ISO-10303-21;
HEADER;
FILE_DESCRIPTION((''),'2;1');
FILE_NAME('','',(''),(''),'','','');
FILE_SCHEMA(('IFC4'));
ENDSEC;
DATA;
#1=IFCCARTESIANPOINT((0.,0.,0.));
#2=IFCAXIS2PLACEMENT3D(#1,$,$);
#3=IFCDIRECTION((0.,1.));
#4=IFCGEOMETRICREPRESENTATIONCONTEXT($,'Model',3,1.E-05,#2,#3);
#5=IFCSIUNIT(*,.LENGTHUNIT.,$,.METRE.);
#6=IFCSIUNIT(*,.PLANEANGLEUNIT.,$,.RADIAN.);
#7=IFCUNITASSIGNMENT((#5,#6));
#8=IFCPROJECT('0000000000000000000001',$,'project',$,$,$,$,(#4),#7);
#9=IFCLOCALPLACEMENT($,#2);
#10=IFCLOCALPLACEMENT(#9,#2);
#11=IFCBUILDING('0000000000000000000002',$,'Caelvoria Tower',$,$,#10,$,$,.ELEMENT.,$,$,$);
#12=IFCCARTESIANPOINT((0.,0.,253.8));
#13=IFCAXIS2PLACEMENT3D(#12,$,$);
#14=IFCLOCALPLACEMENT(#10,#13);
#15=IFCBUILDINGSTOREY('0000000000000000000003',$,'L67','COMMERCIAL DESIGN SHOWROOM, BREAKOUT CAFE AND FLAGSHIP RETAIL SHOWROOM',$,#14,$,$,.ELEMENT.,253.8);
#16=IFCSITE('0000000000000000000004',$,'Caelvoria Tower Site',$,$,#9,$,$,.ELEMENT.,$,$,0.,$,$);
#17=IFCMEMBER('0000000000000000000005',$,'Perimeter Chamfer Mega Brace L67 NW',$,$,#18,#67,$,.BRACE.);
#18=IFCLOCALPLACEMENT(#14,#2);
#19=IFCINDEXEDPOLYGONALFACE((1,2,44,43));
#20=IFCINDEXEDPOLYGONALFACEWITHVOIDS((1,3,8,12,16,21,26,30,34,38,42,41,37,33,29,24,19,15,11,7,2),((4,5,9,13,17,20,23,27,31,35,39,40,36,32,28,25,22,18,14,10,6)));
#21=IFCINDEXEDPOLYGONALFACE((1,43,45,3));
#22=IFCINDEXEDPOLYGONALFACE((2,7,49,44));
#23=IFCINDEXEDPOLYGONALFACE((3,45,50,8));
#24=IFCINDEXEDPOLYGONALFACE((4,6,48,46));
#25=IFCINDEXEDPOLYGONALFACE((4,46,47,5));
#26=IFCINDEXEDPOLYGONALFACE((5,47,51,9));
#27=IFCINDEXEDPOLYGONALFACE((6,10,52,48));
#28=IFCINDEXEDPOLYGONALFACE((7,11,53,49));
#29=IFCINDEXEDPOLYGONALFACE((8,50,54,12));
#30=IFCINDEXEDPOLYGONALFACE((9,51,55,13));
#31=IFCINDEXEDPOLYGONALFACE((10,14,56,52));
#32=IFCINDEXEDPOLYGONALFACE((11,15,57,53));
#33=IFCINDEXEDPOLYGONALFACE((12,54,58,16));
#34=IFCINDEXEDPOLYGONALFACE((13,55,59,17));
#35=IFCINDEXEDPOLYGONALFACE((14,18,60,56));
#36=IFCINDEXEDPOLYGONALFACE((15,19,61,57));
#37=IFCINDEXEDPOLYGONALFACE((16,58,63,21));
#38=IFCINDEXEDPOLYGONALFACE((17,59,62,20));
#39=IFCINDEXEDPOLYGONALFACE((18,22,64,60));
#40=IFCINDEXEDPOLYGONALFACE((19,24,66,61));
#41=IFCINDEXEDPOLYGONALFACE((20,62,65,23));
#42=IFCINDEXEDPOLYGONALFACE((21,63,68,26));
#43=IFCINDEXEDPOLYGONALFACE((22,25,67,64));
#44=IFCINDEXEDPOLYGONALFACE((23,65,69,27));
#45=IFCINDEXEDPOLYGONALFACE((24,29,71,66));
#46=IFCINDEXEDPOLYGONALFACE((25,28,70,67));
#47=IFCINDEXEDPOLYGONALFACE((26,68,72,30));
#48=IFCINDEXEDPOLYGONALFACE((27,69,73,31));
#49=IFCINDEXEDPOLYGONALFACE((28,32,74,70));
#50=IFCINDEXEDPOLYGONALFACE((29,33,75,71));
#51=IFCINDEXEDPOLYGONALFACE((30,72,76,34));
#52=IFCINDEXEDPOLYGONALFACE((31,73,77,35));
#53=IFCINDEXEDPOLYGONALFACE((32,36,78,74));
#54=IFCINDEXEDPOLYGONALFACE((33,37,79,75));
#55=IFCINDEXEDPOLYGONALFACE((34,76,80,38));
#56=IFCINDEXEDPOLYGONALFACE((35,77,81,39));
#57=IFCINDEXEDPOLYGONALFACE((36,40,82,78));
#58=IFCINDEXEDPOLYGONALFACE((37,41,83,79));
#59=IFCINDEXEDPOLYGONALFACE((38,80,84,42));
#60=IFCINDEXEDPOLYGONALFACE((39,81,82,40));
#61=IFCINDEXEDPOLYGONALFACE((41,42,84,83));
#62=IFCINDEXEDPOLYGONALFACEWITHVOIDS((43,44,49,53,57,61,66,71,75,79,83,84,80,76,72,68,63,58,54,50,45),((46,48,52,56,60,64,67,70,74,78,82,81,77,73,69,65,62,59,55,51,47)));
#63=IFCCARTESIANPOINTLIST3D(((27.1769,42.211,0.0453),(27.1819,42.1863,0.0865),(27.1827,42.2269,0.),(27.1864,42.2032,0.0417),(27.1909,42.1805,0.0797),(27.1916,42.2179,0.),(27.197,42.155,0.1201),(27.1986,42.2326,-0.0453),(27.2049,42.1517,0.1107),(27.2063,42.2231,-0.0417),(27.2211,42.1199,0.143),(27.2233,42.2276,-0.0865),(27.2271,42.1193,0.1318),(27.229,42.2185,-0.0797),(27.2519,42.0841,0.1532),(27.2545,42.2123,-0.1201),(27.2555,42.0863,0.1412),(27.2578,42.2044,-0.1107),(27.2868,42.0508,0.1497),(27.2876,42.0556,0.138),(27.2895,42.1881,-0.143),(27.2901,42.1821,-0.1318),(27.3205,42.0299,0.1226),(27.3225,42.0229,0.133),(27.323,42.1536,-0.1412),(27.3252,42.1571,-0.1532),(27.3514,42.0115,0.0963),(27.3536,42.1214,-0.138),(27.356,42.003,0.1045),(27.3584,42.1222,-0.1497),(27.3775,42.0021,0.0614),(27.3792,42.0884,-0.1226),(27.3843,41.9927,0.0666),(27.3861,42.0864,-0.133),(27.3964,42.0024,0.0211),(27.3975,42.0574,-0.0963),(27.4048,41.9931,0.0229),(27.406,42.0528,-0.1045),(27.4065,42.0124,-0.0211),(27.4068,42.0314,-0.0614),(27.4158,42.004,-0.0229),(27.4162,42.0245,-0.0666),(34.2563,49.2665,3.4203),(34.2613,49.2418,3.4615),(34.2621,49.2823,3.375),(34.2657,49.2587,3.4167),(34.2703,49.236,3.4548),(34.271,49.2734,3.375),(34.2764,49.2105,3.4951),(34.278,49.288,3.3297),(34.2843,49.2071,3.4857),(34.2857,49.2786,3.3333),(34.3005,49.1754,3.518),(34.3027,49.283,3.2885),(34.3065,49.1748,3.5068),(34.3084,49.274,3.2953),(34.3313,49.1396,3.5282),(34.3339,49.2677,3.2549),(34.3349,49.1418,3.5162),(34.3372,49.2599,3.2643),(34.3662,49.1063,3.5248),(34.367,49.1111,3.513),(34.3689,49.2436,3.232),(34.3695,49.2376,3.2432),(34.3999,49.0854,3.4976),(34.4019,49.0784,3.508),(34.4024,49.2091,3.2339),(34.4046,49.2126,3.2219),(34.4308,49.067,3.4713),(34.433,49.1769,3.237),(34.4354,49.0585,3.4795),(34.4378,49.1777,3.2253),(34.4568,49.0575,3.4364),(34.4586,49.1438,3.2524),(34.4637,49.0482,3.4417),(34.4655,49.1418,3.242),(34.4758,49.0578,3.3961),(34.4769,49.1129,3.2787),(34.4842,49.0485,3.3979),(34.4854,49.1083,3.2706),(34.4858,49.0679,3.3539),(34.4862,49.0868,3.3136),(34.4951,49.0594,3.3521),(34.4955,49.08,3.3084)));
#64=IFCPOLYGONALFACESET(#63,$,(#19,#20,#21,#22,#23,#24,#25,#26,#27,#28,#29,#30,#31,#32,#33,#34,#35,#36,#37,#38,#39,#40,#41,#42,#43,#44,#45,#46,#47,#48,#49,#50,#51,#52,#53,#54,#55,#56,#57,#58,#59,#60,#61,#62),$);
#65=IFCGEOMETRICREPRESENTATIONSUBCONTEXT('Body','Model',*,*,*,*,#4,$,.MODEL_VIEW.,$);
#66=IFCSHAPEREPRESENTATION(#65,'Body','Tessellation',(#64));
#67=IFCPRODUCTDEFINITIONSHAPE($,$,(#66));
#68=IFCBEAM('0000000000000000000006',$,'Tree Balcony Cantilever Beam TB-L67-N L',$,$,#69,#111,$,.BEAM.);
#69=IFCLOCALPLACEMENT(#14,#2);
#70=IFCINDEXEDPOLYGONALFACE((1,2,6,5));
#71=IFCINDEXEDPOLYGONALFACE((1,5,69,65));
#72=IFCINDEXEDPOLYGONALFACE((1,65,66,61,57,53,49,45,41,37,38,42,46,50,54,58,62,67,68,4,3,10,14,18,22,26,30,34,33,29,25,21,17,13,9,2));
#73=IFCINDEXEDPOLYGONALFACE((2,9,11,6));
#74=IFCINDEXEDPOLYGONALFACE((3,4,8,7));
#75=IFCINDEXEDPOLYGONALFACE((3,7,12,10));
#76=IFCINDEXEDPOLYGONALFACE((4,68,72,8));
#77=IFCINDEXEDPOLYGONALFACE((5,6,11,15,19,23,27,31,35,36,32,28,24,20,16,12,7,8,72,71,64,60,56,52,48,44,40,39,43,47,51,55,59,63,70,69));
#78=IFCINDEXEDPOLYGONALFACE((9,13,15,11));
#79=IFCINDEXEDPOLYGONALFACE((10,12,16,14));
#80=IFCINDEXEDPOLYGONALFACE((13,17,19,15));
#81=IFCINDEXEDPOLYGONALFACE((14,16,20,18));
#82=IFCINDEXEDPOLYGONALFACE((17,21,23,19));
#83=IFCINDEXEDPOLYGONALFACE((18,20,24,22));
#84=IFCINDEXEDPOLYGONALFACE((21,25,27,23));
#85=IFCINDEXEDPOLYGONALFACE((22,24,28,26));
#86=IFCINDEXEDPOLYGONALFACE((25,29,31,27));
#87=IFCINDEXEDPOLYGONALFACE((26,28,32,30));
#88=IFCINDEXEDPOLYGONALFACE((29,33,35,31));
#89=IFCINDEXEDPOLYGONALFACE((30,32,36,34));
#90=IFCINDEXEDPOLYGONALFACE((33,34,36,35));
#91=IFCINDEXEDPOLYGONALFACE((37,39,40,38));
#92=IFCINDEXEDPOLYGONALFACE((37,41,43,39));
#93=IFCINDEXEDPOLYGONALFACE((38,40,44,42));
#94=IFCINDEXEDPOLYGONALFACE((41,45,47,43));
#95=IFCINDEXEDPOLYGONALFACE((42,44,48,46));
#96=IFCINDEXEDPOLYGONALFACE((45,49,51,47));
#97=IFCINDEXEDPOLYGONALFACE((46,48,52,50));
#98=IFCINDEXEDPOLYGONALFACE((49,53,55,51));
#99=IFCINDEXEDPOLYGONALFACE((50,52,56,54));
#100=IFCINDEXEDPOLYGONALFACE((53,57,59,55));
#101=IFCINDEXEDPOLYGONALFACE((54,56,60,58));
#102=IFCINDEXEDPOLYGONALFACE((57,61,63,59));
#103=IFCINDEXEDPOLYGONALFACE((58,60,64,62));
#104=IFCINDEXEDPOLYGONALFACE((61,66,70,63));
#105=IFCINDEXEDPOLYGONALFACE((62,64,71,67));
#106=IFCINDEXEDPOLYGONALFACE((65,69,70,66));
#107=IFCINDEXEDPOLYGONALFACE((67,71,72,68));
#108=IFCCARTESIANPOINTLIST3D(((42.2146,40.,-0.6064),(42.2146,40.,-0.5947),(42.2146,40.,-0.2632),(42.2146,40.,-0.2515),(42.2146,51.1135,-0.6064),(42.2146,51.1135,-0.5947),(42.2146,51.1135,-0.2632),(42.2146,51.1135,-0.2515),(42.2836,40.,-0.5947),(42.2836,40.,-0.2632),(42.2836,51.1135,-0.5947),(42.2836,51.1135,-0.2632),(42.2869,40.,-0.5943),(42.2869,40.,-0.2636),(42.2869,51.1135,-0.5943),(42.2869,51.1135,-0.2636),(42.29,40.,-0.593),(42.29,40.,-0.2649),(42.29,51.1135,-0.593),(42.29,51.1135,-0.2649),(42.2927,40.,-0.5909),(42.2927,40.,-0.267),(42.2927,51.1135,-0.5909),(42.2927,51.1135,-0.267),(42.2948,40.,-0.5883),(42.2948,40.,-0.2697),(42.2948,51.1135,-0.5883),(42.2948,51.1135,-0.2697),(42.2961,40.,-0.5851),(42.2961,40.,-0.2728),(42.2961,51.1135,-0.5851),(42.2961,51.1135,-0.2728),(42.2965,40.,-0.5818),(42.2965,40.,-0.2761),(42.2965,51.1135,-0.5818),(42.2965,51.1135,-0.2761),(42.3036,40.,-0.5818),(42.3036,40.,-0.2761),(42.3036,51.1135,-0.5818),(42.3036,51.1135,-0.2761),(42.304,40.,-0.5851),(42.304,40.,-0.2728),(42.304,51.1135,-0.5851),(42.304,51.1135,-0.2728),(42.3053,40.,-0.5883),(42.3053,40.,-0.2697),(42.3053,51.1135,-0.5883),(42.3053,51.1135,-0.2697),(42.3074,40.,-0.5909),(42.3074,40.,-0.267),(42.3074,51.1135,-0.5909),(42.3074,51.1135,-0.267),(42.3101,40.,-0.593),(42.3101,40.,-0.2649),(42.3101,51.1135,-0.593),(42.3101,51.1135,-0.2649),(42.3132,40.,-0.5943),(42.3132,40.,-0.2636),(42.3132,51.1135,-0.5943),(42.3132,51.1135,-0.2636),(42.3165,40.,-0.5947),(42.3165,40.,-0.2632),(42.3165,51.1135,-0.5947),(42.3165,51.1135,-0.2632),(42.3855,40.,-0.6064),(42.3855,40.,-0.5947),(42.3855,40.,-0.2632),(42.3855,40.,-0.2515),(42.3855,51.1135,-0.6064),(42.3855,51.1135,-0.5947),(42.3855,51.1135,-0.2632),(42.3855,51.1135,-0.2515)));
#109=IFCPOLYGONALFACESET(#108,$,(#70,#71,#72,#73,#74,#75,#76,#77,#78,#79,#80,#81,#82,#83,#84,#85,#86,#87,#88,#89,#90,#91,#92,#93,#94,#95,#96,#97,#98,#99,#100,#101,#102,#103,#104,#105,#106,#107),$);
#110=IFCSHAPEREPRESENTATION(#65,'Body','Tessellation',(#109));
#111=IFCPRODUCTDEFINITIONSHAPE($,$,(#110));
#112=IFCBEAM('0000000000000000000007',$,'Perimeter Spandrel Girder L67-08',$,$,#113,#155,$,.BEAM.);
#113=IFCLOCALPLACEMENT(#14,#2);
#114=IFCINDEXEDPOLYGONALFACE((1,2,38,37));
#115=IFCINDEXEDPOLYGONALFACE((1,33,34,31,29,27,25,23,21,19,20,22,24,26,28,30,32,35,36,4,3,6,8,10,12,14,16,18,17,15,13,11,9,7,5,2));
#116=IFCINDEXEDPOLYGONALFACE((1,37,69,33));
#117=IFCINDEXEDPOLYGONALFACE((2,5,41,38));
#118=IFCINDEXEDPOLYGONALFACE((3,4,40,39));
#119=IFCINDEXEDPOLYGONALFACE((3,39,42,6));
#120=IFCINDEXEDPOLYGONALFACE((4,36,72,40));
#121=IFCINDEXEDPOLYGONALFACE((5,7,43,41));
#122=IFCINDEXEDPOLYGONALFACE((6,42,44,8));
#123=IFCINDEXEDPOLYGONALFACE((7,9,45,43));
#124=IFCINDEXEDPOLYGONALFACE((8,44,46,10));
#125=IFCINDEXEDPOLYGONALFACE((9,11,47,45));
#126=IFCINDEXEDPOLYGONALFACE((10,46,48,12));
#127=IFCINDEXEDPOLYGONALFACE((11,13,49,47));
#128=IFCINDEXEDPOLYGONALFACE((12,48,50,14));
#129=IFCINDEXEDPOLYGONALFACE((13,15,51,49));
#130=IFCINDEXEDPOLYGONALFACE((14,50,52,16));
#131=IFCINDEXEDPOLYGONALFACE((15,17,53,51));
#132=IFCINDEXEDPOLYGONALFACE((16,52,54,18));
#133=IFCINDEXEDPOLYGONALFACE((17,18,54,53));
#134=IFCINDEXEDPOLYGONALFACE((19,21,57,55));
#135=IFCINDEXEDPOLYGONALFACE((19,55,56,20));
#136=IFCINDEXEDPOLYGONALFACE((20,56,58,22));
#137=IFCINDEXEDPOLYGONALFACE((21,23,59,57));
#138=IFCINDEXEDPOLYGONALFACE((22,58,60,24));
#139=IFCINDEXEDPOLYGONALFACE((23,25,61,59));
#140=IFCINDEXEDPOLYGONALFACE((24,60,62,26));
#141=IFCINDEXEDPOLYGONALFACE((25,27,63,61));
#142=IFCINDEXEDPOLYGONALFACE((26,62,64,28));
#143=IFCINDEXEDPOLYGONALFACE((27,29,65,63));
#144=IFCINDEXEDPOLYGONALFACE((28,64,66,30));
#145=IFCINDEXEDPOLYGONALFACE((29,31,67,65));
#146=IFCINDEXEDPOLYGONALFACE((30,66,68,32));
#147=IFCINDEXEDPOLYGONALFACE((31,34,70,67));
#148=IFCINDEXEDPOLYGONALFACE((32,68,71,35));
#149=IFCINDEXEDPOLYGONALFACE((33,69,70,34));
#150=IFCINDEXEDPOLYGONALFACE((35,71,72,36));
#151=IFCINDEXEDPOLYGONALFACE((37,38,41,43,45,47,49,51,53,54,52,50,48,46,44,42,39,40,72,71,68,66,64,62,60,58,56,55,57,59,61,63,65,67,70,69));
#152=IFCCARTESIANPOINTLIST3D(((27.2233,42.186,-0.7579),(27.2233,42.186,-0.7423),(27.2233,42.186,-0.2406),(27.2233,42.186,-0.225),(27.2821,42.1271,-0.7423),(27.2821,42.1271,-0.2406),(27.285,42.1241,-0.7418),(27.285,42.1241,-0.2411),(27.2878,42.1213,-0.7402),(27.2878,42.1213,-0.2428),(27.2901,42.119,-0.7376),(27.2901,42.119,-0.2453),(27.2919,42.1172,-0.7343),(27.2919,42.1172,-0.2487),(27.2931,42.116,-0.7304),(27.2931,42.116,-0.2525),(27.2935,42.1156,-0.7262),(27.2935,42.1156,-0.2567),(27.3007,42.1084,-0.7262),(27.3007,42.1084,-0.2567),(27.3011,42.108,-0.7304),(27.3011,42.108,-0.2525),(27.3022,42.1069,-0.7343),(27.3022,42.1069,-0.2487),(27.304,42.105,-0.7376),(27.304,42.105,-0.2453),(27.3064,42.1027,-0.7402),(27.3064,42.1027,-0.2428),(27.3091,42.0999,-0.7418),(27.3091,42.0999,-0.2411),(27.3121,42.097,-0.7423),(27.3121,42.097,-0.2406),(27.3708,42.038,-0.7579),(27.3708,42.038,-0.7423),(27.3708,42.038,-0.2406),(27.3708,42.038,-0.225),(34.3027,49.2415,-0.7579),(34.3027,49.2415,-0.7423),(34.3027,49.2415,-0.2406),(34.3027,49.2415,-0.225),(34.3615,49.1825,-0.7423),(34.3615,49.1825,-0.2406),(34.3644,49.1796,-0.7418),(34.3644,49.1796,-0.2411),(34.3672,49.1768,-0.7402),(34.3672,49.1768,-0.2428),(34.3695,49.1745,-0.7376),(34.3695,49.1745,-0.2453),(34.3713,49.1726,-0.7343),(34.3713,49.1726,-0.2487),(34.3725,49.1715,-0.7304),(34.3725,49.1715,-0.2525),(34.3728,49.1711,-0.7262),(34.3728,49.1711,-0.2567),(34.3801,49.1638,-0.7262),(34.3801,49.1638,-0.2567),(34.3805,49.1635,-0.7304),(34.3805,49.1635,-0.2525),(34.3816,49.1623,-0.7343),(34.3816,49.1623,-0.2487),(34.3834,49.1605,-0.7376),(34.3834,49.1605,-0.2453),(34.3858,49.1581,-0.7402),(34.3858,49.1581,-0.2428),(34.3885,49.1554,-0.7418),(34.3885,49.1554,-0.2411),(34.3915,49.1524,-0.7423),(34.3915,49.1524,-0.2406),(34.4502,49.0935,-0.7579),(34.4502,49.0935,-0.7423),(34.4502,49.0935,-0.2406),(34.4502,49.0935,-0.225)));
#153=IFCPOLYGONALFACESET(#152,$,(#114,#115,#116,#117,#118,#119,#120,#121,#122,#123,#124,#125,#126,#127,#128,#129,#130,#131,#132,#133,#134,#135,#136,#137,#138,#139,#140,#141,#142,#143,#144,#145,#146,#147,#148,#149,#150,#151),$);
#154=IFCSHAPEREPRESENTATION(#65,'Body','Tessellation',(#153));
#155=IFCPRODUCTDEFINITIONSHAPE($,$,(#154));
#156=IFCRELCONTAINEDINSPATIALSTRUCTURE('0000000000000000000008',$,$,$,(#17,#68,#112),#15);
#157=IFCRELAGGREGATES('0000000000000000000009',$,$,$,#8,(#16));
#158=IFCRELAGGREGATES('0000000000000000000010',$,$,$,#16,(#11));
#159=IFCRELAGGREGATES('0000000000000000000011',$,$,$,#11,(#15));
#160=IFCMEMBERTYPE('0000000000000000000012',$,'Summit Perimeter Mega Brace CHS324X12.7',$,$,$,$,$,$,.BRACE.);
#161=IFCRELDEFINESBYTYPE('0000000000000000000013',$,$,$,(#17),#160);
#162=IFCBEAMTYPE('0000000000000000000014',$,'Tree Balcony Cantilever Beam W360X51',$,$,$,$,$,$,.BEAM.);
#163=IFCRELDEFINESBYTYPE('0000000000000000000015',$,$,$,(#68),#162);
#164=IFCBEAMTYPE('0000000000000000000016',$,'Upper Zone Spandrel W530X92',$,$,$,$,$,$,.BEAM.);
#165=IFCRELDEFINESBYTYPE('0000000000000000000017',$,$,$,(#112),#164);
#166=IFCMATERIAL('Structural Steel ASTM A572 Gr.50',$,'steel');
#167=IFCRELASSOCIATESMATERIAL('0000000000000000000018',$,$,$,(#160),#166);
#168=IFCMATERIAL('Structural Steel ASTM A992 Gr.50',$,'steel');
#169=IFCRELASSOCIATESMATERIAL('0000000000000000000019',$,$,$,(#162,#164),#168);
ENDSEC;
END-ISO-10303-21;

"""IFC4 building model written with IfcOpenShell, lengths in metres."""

from ifc_helpers import new_model, si_unit, direction, frame, origin, origin_2d, place, context, subcontext, project, spatial, hollow_circle, i_section, extrude, material, material_profile, profile_set, type_object, element, save


model = new_model("IFC4")

# Units and contexts
model_context = context("Model", 3, precision=1e-05, world=origin(), true_north=direction((0.0, 1.0)))
body_context = subcontext(model_context, "Body", "Model", "MODEL_VIEW")
ifc_project = project(units=[si_unit("LENGTHUNIT", "METRE"), si_unit("PLANEANGLEUNIT", "RADIAN")], contexts=[model_context])

# Site, building, storey
site_placement = place(None, origin())
site = spatial("IfcSite", under=ifc_project, at=site_placement, Name="Caelvoria Tower Site", CompositionType="ELEMENT", RefElevation=0.0)
building_placement = place(site_placement, origin())
building = spatial("IfcBuilding", under=site, at=building_placement, Name="Caelvoria Tower", CompositionType="ELEMENT")
storey_placement = place(building_placement, frame((0.0, 0.0, 253.8)))
storey = spatial("IfcBuildingStorey", under=building, at=storey_placement, Name="L67", Description="COMMERCIAL DESIGN SHOWROOM, BREAKOUT CAFE AND FLAGSHIP RETAIL SHOWROOM", CompositionType="ELEMENT", Elevation=253.8)

# Shared definitions
ifc_material_1 = material(Name="Structural Steel ASTM A572 Gr.50", Category="steel")

# Shared definitions
ifc_material_2 = material(Name="Structural Steel ASTM A992 Gr.50", Category="steel")

# Member
ifc_material_profile_1 = material_profile(ifc_material_1, hollow_circle(Radius=0.1621, WallThickness=0.0127, at=origin_2d()), Name="Structural Steel ASTM A572 Gr.50")
ifc_profile_set_1 = profile_set([ifc_material_profile_1], Name="CHS324X12.7 - Structural Steel ASTM A572 Gr.50")
member_type = type_object("IfcMemberType", Name="Summit Perimeter Mega Brace CHS324X12.7", PredefinedType="BRACE", material=ifc_profile_set_1)
member_placement = place(storey_placement, frame((27.2971, 42.1121, 0.0), z_axis=(0.671076, 0.668808, 0.319928), x_axis=(-0.705909, 0.708303, 0.0)))
element("IfcMember", 1, at=member_placement, inside=storey, type_object=member_type, Name="Perimeter Chamfer Mega Brace L67 NW", PredefinedType="BRACE", context=body_context, shape_type="SweptSolid", body=[
    extrude(hollow_circle(Radius=0.1621, WallThickness=0.0127, at=origin_2d()), origin(), (0.0, 0.0, 1.0), 10.5493),
])

# Beams
ifc_material_profile_2 = material_profile(ifc_material_2, i_section(OverallWidth=0.1709, OverallDepth=0.355, WebThickness=0.0071, FlangeThickness=0.0117, FilletRadius=0.0129, at=origin_2d()), Name="Structural Steel ASTM A992 Gr.50")
ifc_profile_set_2 = profile_set([ifc_material_profile_2], Name="W360X51 - Structural Steel ASTM A992 Gr.50")
beam_type_1 = type_object("IfcBeamType", Name="Tree Balcony Cantilever Beam W360X51", PredefinedType="BEAM", material=ifc_profile_set_2)
beam_1_placement = place(storey_placement, frame((42.3, 40.0, -0.429), z_axis=(0.0, 1.0, 0.0), x_axis=(-1.0, 0.0, 0.0)))
element("IfcBeam", 2, at=beam_1_placement, inside=storey, type_object=beam_type_1, Name="Tree Balcony Cantilever Beam TB-L67-N L", PredefinedType="BEAM", context=body_context, shape_type="SweptSolid", body=[
    extrude(i_section(OverallWidth=0.1709, OverallDepth=0.355, WebThickness=0.0071, FlangeThickness=0.0117, FilletRadius=0.0129, at=origin_2d()), origin(), (0.0, 0.0, 1.0), 11.1135),
])
ifc_material_profile_3 = material_profile(ifc_material_2, i_section(OverallWidth=0.209, OverallDepth=0.533, WebThickness=0.0103, FlangeThickness=0.0156, FilletRadius=0.0161, at=origin_2d()), Name="Structural Steel ASTM A992 Gr.50")
ifc_profile_set_3 = profile_set([ifc_material_profile_3], Name="W530X92 - Structural Steel ASTM A992 Gr.50")
beam_type_2 = type_object("IfcBeamType", Name="Upper Zone Spandrel W530X92", PredefinedType="BEAM", material=ifc_profile_set_3)
beam_2_placement = place(storey_placement, frame((34.3765, 49.1675, -0.4915), z_axis=(-0.708303, -0.705909, 0.0), x_axis=(0.705909, -0.708303, 0.0)))
element("IfcBeam", 3, at=beam_2_placement, inside=storey, type_object=beam_type_2, Name="Perimeter Spandrel Girder L67-08", PredefinedType="BEAM", context=body_context, shape_type="SweptSolid", body=[
    extrude(i_section(OverallWidth=0.209, OverallDepth=0.533, WebThickness=0.0103, FlangeThickness=0.0156, FilletRadius=0.0161, at=origin_2d()), origin(), (0.0, 0.0, 1.0), 9.9949),
])

save(model, "model.ifc")
